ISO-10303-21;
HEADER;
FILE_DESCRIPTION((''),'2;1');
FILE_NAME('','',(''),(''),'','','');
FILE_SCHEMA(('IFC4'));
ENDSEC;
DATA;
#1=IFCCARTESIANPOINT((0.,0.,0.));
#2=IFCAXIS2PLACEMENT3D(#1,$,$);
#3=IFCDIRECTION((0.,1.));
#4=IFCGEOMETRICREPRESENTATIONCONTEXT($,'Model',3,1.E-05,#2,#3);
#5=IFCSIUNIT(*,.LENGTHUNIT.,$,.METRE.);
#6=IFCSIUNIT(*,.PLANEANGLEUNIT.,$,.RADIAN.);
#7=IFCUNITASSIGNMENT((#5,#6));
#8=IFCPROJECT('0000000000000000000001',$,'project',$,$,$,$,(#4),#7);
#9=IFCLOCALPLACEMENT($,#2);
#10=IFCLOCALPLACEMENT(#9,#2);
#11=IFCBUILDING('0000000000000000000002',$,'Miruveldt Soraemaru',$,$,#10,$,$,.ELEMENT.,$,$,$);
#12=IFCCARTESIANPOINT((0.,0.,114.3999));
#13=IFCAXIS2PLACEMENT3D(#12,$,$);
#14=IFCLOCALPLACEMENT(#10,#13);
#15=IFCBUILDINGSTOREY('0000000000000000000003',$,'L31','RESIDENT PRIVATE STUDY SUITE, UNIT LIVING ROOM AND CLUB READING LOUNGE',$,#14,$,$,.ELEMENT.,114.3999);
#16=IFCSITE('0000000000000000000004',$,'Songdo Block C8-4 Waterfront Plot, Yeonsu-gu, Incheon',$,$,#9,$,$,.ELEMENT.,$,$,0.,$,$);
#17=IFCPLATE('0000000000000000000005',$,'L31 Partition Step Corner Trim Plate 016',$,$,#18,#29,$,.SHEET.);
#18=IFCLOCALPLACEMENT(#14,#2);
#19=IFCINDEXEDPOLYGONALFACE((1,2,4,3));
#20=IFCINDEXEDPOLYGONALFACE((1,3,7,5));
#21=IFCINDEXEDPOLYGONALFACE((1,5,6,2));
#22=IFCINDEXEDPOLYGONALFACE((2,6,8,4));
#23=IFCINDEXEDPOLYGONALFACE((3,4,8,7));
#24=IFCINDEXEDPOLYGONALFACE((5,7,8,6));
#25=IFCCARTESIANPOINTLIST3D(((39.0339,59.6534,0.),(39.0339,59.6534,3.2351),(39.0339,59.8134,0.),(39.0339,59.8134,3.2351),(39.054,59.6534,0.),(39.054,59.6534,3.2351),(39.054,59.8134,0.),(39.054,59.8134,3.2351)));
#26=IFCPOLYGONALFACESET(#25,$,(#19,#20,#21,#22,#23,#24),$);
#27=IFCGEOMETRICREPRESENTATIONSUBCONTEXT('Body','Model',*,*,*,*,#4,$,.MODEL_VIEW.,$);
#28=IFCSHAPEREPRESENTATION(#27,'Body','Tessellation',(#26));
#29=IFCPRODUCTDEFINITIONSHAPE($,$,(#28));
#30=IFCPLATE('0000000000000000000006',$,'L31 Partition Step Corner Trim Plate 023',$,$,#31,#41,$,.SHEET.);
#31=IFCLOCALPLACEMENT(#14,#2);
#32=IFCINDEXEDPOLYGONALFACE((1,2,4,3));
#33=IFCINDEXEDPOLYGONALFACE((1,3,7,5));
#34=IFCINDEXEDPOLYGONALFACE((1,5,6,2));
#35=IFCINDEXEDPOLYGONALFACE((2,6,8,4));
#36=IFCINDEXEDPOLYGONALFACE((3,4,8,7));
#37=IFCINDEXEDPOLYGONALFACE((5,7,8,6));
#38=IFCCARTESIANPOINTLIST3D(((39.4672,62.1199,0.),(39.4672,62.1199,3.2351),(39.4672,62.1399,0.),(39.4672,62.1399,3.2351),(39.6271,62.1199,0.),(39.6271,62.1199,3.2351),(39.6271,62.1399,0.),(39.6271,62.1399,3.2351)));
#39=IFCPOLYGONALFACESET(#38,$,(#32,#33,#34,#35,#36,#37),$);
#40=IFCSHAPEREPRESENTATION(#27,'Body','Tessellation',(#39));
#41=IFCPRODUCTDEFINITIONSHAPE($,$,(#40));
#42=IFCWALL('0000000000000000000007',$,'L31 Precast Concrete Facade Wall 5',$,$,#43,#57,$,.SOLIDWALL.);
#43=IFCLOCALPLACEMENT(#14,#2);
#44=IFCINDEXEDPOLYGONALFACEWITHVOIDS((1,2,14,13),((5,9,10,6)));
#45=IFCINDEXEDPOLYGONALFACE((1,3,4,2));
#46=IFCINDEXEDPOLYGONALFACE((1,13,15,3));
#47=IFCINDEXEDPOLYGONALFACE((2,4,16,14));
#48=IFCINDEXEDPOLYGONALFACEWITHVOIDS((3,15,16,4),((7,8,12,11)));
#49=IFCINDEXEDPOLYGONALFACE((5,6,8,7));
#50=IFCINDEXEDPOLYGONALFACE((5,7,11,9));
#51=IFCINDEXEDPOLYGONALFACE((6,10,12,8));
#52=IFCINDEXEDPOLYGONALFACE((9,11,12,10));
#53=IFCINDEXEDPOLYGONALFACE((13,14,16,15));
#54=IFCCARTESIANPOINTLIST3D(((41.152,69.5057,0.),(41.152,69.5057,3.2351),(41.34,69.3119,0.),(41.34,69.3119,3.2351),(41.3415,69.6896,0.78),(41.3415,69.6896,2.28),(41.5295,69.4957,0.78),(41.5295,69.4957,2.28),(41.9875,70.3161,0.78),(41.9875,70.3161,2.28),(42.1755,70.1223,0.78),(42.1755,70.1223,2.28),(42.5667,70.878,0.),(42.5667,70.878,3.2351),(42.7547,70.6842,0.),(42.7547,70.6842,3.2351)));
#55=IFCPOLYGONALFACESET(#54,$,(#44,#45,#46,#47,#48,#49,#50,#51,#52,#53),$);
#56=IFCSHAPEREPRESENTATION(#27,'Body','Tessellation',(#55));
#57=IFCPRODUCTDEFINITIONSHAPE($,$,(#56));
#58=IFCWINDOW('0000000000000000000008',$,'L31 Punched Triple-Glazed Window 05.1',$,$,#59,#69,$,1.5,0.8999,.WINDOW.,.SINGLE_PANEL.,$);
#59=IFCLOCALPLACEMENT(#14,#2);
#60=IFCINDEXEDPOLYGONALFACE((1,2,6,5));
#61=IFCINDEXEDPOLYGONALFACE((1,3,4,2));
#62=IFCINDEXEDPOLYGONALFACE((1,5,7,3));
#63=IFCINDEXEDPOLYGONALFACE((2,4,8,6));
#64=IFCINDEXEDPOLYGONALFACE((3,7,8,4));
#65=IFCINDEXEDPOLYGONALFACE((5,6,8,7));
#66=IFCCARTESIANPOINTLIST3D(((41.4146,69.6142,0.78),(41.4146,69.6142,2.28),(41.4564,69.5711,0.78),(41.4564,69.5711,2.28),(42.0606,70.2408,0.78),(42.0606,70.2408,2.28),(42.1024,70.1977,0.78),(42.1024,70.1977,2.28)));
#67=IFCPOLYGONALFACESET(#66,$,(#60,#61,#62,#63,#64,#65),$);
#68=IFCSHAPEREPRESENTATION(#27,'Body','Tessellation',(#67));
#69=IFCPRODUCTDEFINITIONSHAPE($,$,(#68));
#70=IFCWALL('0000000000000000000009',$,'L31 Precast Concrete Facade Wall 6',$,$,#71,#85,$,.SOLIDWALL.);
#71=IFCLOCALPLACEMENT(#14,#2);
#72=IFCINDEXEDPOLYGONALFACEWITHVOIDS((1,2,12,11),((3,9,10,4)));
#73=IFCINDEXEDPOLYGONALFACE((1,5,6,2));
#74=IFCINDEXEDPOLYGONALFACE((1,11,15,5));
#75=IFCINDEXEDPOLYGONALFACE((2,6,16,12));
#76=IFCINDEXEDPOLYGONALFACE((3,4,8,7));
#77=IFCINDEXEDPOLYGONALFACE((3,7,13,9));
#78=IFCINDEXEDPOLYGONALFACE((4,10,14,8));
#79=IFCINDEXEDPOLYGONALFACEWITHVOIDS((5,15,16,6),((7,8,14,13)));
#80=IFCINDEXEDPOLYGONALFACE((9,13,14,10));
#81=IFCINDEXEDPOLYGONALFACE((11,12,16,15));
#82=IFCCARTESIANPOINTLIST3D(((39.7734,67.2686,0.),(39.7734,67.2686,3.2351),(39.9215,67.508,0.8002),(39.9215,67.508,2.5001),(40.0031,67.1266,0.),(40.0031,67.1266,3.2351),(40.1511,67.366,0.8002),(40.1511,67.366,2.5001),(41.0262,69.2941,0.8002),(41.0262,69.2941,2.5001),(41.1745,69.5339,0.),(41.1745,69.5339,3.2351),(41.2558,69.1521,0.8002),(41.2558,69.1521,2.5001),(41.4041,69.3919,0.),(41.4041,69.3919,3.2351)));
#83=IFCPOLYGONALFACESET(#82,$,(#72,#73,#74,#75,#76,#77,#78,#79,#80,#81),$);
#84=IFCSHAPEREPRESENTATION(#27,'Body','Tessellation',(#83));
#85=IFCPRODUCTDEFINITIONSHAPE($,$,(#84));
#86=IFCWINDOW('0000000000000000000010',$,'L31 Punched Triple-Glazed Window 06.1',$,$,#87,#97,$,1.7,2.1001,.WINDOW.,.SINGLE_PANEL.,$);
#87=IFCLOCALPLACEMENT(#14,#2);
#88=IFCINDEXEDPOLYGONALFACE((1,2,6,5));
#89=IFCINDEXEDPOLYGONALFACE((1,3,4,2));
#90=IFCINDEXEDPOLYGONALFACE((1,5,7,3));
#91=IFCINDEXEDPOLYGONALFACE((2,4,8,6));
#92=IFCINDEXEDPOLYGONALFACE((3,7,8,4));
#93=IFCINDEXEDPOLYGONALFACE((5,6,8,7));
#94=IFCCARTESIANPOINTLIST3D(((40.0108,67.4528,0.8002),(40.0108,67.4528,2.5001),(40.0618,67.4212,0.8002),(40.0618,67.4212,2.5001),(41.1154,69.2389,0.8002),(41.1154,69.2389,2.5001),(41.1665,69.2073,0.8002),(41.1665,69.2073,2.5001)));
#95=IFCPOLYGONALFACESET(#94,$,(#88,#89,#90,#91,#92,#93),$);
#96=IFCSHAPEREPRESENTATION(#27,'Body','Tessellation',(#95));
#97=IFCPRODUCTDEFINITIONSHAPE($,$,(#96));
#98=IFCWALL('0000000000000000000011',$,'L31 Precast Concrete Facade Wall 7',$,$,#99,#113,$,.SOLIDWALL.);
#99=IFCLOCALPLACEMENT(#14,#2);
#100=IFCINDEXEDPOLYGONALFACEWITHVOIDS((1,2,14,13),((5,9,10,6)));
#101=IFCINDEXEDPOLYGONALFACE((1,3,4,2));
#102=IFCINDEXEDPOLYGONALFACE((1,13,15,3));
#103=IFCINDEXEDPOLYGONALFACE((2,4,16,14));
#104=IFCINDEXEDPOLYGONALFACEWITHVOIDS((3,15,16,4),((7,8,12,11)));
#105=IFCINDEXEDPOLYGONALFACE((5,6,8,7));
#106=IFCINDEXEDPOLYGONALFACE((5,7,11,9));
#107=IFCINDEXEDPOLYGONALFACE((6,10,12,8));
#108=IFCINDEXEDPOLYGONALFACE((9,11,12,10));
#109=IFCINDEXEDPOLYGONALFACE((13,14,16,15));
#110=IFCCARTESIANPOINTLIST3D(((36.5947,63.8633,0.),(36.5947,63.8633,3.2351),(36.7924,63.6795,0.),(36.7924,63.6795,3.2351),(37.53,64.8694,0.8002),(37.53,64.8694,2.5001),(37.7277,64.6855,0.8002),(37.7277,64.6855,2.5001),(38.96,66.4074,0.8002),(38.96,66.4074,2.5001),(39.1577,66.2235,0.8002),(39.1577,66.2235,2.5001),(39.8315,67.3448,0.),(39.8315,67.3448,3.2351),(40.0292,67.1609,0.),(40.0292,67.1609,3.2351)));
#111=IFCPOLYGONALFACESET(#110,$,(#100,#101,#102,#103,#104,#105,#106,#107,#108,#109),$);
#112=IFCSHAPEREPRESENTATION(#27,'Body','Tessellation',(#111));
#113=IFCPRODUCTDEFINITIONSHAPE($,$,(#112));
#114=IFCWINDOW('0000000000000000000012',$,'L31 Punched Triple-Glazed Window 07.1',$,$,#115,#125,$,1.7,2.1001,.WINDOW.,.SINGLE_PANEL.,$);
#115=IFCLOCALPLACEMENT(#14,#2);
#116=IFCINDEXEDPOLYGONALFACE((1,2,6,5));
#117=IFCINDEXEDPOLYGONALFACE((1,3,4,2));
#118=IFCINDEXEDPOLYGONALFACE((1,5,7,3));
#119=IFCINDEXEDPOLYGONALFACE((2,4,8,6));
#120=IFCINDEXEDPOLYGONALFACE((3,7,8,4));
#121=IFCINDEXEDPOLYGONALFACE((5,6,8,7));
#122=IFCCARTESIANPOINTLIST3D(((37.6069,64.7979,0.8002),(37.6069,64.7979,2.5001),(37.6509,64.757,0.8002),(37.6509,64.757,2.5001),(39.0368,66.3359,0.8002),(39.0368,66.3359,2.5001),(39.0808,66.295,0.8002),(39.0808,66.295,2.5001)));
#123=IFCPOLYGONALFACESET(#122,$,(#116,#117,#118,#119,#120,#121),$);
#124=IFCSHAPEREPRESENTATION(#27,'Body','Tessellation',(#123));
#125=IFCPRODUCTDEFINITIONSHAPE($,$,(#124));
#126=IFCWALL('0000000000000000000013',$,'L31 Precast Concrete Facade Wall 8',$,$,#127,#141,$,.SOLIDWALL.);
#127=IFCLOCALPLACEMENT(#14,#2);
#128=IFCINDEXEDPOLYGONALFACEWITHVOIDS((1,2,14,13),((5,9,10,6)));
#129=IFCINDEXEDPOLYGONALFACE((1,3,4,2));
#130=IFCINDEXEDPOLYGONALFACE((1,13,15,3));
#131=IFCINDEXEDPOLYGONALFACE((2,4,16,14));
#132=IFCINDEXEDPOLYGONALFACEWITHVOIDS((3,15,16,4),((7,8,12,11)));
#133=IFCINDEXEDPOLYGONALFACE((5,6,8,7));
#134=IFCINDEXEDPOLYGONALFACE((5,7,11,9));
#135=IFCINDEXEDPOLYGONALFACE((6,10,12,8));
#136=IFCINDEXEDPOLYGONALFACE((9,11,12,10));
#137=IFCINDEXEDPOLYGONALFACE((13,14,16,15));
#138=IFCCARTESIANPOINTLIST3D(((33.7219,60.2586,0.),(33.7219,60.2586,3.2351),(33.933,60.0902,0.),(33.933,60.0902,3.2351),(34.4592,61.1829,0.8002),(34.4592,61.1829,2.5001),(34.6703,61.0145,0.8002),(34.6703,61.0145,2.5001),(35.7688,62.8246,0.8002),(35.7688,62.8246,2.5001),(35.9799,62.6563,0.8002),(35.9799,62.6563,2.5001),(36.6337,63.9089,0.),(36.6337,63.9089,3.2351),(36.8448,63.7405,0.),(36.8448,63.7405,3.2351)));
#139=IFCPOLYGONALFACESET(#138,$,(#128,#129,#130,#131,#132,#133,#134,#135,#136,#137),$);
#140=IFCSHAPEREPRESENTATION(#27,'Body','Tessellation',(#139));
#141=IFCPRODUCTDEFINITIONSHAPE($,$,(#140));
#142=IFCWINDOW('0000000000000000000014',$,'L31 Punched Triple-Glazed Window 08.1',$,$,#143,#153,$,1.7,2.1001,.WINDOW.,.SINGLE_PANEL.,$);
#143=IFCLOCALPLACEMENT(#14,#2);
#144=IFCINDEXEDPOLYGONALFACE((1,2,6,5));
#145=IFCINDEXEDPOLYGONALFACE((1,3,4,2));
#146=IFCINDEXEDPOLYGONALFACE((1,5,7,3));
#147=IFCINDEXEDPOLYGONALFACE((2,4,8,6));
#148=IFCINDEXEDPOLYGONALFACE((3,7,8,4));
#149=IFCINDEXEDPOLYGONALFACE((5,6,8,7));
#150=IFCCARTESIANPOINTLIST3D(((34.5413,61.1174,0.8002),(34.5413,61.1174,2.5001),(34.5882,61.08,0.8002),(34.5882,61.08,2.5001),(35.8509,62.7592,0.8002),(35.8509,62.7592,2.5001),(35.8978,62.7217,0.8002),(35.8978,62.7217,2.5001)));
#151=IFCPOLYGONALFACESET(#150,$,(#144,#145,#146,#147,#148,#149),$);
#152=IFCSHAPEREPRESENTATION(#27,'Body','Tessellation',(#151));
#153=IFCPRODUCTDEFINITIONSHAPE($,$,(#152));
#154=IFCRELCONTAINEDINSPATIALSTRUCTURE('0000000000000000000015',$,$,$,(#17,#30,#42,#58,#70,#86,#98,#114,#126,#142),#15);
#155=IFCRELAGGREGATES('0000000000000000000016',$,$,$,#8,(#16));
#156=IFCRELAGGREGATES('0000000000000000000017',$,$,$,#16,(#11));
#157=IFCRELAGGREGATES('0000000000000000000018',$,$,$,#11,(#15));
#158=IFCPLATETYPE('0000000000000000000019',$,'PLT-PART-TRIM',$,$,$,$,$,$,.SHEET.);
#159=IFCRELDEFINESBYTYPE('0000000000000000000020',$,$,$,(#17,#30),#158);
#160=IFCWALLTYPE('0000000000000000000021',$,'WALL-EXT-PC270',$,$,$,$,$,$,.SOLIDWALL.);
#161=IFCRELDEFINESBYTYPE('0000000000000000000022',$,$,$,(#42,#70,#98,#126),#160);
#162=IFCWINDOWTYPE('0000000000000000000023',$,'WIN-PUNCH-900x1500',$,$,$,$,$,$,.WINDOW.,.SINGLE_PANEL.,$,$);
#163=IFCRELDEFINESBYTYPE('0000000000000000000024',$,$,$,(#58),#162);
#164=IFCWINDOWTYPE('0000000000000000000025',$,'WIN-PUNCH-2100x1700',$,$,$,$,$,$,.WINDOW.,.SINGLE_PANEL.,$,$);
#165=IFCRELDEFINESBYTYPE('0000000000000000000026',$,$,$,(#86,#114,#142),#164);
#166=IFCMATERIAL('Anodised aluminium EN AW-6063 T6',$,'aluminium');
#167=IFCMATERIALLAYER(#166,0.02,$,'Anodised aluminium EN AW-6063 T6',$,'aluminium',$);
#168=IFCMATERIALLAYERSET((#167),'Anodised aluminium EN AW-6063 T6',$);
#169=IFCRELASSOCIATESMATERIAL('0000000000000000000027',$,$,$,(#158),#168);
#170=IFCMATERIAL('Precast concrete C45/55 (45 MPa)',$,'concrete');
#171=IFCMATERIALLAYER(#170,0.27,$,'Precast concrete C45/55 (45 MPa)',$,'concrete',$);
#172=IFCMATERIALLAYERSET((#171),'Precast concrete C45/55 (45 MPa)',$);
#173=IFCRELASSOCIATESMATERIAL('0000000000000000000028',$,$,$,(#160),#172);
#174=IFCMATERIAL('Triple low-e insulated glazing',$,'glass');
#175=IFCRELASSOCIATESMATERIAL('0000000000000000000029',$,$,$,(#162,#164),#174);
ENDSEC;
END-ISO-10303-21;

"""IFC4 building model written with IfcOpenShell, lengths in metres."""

from ifc_helpers import new_model, si_unit, direction, frame, frame_2d, origin, origin_2d, place, context, subcontext, project, spatial, rectangle, extrude, material, layer, layer_set, type_object, element, fill, save


model = new_model("IFC4")

# Units and contexts
model_context = context("Model", 3, precision=1e-05, world=origin(), true_north=direction((0.0, 1.0)))
body_context = subcontext(model_context, "Body", "Model", "MODEL_VIEW")
ifc_project = project(units=[si_unit("LENGTHUNIT", "METRE"), si_unit("PLANEANGLEUNIT", "RADIAN")], contexts=[model_context])

# Site, building, storey
site_placement = place(None, origin())
site = spatial("IfcSite", under=ifc_project, at=site_placement, Name="Songdo Block C8-4 Waterfront Plot, Yeonsu-gu, Incheon", CompositionType="ELEMENT", RefElevation=0.0)
building_placement = place(site_placement, origin())
building = spatial("IfcBuilding", under=site, at=building_placement, Name="Miruveldt Soraemaru", CompositionType="ELEMENT")
storey_placement = place(building_placement, frame((0.0, 0.0, 114.3999)))
storey = spatial("IfcBuildingStorey", under=building, at=storey_placement, Name="L31", Description="RESIDENT PRIVATE STUDY SUITE, UNIT LIVING ROOM AND CLUB READING LOUNGE", CompositionType="ELEMENT", Elevation=114.3999)

# Plates
ifc_material_1 = material(Name="Anodised aluminium EN AW-6063 T6", Category="aluminium")
ifc_layer_1 = layer(ifc_material_1, 0.02, Name="Anodised aluminium EN AW-6063 T6", Category="aluminium")
ifc_layer_set_1 = layer_set([ifc_layer_1], Name="Anodised aluminium EN AW-6063 T6")
plate_type = type_object("IfcPlateType", Name="PLT-PART-TRIM", PredefinedType="SHEET", material=ifc_layer_set_1)
for number, where, z_axis, x_axis, name in (
    (1, (39.0439, 59.7334, 0.0), (0.0, 0.0, 1.0), (0.0, -1.0, 0.0), "L31 Partition Step Corner Trim Plate 016"),
    (2, (39.5471, 62.1299, 0.0), (0.0, 0.0, 1.0), (-1.0, 0.0, 0.0), "L31 Partition Step Corner Trim Plate 023"),
):
    element("IfcPlate", number, at=place(storey_placement, frame(where, z_axis=z_axis, x_axis=x_axis)), inside=storey, type_object=plate_type, Name=name, PredefinedType="SHEET", context=body_context, shape_type="SweptSolid", body=[
        extrude(rectangle(XDim=0.1599, YDim=0.02, at=origin_2d()), origin(), (0.0, 0.0, 1.0), 3.2351),
    ])

# Walls, openings, windows
ifc_material_2 = material(Name="Precast concrete C45/55 (45 MPa)", Category="concrete")
ifc_layer_2 = layer(ifc_material_2, 0.27, Name="Precast concrete C45/55 (45 MPa)", Category="concrete")
ifc_layer_set_2 = layer_set([ifc_layer_2], Name="Precast concrete C45/55 (45 MPa)")
wall_type_1 = type_object("IfcWallType", Name="WALL-EXT-PC270", PredefinedType="SOLIDWALL", material=ifc_layer_set_2)
wall_1_placement = place(storey_placement, frame((42.6606, 70.781, 0.0), z_axis=(0.0, 0.0, 1.0), x_axis=(-0.717801, -0.696248, 0.0)))
wall_1 = element("IfcWall", 3, at=wall_1_placement, inside=storey, type_object=wall_type_1, Name="L31 Precast Concrete Facade Wall 5", PredefinedType="SOLIDWALL", context=body_context, shape_type="SweptSolid", body=[
    extrude(rectangle(XDim=1.9709, YDim=0.27, at=frame_2d((0.9854, 0.0))), origin(), (0.0, 0.0, 1.0), 3.2351),
])
opening_1_placement = place(wall_1_placement, frame((0.8069, 0.0, 0.78)))
opening_1 = element("IfcOpeningElement", 4, at=opening_1_placement, cuts=wall_1, PredefinedType="OPENING", context=body_context, shape_type="SweptSolid", body=[
    extrude(rectangle(XDim=0.8999, YDim=1.5, at=frame_2d((0.45, 0.75))), frame((0.0, 0.145, 0.0), z_axis=(0.0, -1.0, 0.0), x_axis=(1.0, 0.0, 0.0)), (0.0, 0.0, 1.0), 0.29),
])
ifc_material_3 = material(Name="Triple low-e insulated glazing", Category="glass")
window_type_1 = type_object("IfcWindowType", Name="WIN-PUNCH-900x1500", PartitioningType="SINGLE_PANEL", PredefinedType="WINDOW", material=ifc_material_3)
window_1_placement = place(opening_1_placement, origin())
window_1 = element("IfcWindow", 5, at=window_1_placement, inside=storey, type_object=window_type_1, Name="L31 Punched Triple-Glazed Window 05.1", OverallHeight=1.5, OverallWidth=0.8999, PartitioningType="SINGLE_PANEL", PredefinedType="WINDOW", context=body_context, shape_type="SweptSolid", body=[
    extrude(rectangle(XDim=0.8999, YDim=1.5, at=frame_2d((0.45, 0.75))), frame((0.0, 0.03, 0.0), z_axis=(0.0, -1.0, 0.0), x_axis=(1.0, 0.0, 0.0)), (0.0, 0.0, 1.0), 0.0601),
])
fill(opening_1, window_1)
wall_2_placement = place(storey_placement, frame((41.2893, 69.4629, 0.0), z_axis=(0.0, 0.0, 1.0), x_axis=(-0.526014, -0.850476, 0.0)))
wall_2 = element("IfcWall", 6, at=wall_2_placement, inside=storey, type_object=wall_type_1, Name="L31 Precast Concrete Facade Wall 6", PredefinedType="SOLIDWALL", context=body_context, shape_type="SweptSolid", body=[
    extrude(rectangle(XDim=2.6636, YDim=0.27, at=frame_2d((1.3318, 0.0))), origin(), (0.0, 0.0, 1.0), 3.2351),
])
opening_2_placement = place(wall_2_placement, frame((0.282, 0.0, 0.8)))
opening_2 = element("IfcOpeningElement", 7, at=opening_2_placement, cuts=wall_2, PredefinedType="OPENING", context=body_context, shape_type="SweptSolid", body=[
    extrude(rectangle(XDim=2.1001, YDim=1.7, at=frame_2d((1.05, 0.8501))), frame((0.0, 0.145, 0.0), z_axis=(0.0, -1.0, 0.0), x_axis=(1.0, 0.0, 0.0)), (0.0, 0.0, 1.0), 0.29),
])
window_type_2 = type_object("IfcWindowType", Name="WIN-PUNCH-2100x1700", PartitioningType="SINGLE_PANEL", PredefinedType="WINDOW", material=ifc_material_3)
window_2_placement = place(opening_2_placement, origin())
window_2 = element("IfcWindow", 8, at=window_2_placement, inside=storey, type_object=window_type_2, Name="L31 Punched Triple-Glazed Window 06.1", OverallHeight=1.7, OverallWidth=2.1001, PartitioningType="SINGLE_PANEL", PredefinedType="WINDOW", context=body_context, shape_type="SweptSolid", body=[
    extrude(rectangle(XDim=2.1001, YDim=1.7, at=frame_2d((1.05, 0.8501))), frame((0.0, 0.03, 0.0), z_axis=(0.0, -1.0, 0.0), x_axis=(1.0, 0.0, 0.0)), (0.0, 0.0, 1.0), 0.0601),
])
fill(opening_2, window_2)
wall_3_placement = place(storey_placement, frame((39.9304, 67.2529, 0.0), z_axis=(0.0, 0.0, 1.0), x_axis=(-0.680908, -0.732369, 0.0)))
wall_3 = element("IfcWall", 9, at=wall_3_placement, inside=storey, type_object=wall_type_1, Name="L31 Precast Concrete Facade Wall 7", PredefinedType="SOLIDWALL", context=body_context, shape_type="SweptSolid", body=[
    extrude(rectangle(XDim=4.7537, YDim=0.27, at=frame_2d((2.377, 0.0))), origin(), (0.0, 0.0, 1.0), 3.2351),
])
opening_3_placement = place(wall_3_placement, frame((1.28, 0.0, 0.8)))
opening_3 = element("IfcOpeningElement", 10, at=opening_3_placement, cuts=wall_3, PredefinedType="OPENING", context=body_context, shape_type="SweptSolid", body=[
    extrude(rectangle(XDim=2.1001, YDim=1.7, at=frame_2d((1.05, 0.8501))), frame((0.0, 0.145, 0.0), z_axis=(0.0, -1.0, 0.0), x_axis=(1.0, 0.0, 0.0)), (0.0, 0.0, 1.0), 0.29),
])
window_3_placement = place(opening_3_placement, origin())
window_3 = element("IfcWindow", 11, at=window_3_placement, inside=storey, type_object=window_type_2, Name="L31 Punched Triple-Glazed Window 07.1", OverallHeight=1.7, OverallWidth=2.1001, PartitioningType="SINGLE_PANEL", PredefinedType="WINDOW", context=body_context, shape_type="SweptSolid", body=[
    extrude(rectangle(XDim=2.1001, YDim=1.7, at=frame_2d((1.05, 0.8501))), frame((0.0, 0.03, 0.0), z_axis=(0.0, -1.0, 0.0), x_axis=(1.0, 0.0, 0.0)), (0.0, 0.0, 1.0), 0.0601),
])
fill(opening_3, window_3)
wall_4_placement = place(storey_placement, frame((36.7393, 63.8247, 0.0), z_axis=(0.0, 0.0, 1.0), x_axis=(-0.623591, -0.78175, 0.0)))
wall_4 = element("IfcWall", 12, at=wall_4_placement, inside=storey, type_object=wall_type_1, Name="L31 Precast Concrete Facade Wall 8", PredefinedType="SOLIDWALL", context=body_context, shape_type="SweptSolid", body=[
    extrude(rectangle(XDim=4.6694, YDim=0.27, at=frame_2d((2.3347, 0.0))), origin(), (0.0, 0.0, 1.0), 3.2351),
])
opening_4_placement = place(wall_4_placement, frame((1.387, 0.0, 0.8)))
opening_4 = element("IfcOpeningElement", 13, at=opening_4_placement, cuts=wall_4, PredefinedType="OPENING", context=body_context, shape_type="SweptSolid", body=[
    extrude(rectangle(XDim=2.1001, YDim=1.7, at=frame_2d((1.05, 0.8501))), frame((0.0, 0.145, 0.0), z_axis=(0.0, -1.0, 0.0), x_axis=(1.0, 0.0, 0.0)), (0.0, 0.0, 1.0), 0.29),
])
window_4_placement = place(opening_4_placement, origin())
window_4 = element("IfcWindow", 14, at=window_4_placement, inside=storey, type_object=window_type_2, Name="L31 Punched Triple-Glazed Window 08.1", OverallHeight=1.7, OverallWidth=2.1001, PartitioningType="SINGLE_PANEL", PredefinedType="WINDOW", context=body_context, shape_type="SweptSolid", body=[
    extrude(rectangle(XDim=2.1001, YDim=1.7, at=frame_2d((1.05, 0.8501))), frame((0.0, 0.03, 0.0), z_axis=(0.0, -1.0, 0.0), x_axis=(1.0, 0.0, 0.0)), (0.0, 0.0, 1.0), 0.0601),
])
fill(opening_4, window_4)

save(model, "model.ifc")
